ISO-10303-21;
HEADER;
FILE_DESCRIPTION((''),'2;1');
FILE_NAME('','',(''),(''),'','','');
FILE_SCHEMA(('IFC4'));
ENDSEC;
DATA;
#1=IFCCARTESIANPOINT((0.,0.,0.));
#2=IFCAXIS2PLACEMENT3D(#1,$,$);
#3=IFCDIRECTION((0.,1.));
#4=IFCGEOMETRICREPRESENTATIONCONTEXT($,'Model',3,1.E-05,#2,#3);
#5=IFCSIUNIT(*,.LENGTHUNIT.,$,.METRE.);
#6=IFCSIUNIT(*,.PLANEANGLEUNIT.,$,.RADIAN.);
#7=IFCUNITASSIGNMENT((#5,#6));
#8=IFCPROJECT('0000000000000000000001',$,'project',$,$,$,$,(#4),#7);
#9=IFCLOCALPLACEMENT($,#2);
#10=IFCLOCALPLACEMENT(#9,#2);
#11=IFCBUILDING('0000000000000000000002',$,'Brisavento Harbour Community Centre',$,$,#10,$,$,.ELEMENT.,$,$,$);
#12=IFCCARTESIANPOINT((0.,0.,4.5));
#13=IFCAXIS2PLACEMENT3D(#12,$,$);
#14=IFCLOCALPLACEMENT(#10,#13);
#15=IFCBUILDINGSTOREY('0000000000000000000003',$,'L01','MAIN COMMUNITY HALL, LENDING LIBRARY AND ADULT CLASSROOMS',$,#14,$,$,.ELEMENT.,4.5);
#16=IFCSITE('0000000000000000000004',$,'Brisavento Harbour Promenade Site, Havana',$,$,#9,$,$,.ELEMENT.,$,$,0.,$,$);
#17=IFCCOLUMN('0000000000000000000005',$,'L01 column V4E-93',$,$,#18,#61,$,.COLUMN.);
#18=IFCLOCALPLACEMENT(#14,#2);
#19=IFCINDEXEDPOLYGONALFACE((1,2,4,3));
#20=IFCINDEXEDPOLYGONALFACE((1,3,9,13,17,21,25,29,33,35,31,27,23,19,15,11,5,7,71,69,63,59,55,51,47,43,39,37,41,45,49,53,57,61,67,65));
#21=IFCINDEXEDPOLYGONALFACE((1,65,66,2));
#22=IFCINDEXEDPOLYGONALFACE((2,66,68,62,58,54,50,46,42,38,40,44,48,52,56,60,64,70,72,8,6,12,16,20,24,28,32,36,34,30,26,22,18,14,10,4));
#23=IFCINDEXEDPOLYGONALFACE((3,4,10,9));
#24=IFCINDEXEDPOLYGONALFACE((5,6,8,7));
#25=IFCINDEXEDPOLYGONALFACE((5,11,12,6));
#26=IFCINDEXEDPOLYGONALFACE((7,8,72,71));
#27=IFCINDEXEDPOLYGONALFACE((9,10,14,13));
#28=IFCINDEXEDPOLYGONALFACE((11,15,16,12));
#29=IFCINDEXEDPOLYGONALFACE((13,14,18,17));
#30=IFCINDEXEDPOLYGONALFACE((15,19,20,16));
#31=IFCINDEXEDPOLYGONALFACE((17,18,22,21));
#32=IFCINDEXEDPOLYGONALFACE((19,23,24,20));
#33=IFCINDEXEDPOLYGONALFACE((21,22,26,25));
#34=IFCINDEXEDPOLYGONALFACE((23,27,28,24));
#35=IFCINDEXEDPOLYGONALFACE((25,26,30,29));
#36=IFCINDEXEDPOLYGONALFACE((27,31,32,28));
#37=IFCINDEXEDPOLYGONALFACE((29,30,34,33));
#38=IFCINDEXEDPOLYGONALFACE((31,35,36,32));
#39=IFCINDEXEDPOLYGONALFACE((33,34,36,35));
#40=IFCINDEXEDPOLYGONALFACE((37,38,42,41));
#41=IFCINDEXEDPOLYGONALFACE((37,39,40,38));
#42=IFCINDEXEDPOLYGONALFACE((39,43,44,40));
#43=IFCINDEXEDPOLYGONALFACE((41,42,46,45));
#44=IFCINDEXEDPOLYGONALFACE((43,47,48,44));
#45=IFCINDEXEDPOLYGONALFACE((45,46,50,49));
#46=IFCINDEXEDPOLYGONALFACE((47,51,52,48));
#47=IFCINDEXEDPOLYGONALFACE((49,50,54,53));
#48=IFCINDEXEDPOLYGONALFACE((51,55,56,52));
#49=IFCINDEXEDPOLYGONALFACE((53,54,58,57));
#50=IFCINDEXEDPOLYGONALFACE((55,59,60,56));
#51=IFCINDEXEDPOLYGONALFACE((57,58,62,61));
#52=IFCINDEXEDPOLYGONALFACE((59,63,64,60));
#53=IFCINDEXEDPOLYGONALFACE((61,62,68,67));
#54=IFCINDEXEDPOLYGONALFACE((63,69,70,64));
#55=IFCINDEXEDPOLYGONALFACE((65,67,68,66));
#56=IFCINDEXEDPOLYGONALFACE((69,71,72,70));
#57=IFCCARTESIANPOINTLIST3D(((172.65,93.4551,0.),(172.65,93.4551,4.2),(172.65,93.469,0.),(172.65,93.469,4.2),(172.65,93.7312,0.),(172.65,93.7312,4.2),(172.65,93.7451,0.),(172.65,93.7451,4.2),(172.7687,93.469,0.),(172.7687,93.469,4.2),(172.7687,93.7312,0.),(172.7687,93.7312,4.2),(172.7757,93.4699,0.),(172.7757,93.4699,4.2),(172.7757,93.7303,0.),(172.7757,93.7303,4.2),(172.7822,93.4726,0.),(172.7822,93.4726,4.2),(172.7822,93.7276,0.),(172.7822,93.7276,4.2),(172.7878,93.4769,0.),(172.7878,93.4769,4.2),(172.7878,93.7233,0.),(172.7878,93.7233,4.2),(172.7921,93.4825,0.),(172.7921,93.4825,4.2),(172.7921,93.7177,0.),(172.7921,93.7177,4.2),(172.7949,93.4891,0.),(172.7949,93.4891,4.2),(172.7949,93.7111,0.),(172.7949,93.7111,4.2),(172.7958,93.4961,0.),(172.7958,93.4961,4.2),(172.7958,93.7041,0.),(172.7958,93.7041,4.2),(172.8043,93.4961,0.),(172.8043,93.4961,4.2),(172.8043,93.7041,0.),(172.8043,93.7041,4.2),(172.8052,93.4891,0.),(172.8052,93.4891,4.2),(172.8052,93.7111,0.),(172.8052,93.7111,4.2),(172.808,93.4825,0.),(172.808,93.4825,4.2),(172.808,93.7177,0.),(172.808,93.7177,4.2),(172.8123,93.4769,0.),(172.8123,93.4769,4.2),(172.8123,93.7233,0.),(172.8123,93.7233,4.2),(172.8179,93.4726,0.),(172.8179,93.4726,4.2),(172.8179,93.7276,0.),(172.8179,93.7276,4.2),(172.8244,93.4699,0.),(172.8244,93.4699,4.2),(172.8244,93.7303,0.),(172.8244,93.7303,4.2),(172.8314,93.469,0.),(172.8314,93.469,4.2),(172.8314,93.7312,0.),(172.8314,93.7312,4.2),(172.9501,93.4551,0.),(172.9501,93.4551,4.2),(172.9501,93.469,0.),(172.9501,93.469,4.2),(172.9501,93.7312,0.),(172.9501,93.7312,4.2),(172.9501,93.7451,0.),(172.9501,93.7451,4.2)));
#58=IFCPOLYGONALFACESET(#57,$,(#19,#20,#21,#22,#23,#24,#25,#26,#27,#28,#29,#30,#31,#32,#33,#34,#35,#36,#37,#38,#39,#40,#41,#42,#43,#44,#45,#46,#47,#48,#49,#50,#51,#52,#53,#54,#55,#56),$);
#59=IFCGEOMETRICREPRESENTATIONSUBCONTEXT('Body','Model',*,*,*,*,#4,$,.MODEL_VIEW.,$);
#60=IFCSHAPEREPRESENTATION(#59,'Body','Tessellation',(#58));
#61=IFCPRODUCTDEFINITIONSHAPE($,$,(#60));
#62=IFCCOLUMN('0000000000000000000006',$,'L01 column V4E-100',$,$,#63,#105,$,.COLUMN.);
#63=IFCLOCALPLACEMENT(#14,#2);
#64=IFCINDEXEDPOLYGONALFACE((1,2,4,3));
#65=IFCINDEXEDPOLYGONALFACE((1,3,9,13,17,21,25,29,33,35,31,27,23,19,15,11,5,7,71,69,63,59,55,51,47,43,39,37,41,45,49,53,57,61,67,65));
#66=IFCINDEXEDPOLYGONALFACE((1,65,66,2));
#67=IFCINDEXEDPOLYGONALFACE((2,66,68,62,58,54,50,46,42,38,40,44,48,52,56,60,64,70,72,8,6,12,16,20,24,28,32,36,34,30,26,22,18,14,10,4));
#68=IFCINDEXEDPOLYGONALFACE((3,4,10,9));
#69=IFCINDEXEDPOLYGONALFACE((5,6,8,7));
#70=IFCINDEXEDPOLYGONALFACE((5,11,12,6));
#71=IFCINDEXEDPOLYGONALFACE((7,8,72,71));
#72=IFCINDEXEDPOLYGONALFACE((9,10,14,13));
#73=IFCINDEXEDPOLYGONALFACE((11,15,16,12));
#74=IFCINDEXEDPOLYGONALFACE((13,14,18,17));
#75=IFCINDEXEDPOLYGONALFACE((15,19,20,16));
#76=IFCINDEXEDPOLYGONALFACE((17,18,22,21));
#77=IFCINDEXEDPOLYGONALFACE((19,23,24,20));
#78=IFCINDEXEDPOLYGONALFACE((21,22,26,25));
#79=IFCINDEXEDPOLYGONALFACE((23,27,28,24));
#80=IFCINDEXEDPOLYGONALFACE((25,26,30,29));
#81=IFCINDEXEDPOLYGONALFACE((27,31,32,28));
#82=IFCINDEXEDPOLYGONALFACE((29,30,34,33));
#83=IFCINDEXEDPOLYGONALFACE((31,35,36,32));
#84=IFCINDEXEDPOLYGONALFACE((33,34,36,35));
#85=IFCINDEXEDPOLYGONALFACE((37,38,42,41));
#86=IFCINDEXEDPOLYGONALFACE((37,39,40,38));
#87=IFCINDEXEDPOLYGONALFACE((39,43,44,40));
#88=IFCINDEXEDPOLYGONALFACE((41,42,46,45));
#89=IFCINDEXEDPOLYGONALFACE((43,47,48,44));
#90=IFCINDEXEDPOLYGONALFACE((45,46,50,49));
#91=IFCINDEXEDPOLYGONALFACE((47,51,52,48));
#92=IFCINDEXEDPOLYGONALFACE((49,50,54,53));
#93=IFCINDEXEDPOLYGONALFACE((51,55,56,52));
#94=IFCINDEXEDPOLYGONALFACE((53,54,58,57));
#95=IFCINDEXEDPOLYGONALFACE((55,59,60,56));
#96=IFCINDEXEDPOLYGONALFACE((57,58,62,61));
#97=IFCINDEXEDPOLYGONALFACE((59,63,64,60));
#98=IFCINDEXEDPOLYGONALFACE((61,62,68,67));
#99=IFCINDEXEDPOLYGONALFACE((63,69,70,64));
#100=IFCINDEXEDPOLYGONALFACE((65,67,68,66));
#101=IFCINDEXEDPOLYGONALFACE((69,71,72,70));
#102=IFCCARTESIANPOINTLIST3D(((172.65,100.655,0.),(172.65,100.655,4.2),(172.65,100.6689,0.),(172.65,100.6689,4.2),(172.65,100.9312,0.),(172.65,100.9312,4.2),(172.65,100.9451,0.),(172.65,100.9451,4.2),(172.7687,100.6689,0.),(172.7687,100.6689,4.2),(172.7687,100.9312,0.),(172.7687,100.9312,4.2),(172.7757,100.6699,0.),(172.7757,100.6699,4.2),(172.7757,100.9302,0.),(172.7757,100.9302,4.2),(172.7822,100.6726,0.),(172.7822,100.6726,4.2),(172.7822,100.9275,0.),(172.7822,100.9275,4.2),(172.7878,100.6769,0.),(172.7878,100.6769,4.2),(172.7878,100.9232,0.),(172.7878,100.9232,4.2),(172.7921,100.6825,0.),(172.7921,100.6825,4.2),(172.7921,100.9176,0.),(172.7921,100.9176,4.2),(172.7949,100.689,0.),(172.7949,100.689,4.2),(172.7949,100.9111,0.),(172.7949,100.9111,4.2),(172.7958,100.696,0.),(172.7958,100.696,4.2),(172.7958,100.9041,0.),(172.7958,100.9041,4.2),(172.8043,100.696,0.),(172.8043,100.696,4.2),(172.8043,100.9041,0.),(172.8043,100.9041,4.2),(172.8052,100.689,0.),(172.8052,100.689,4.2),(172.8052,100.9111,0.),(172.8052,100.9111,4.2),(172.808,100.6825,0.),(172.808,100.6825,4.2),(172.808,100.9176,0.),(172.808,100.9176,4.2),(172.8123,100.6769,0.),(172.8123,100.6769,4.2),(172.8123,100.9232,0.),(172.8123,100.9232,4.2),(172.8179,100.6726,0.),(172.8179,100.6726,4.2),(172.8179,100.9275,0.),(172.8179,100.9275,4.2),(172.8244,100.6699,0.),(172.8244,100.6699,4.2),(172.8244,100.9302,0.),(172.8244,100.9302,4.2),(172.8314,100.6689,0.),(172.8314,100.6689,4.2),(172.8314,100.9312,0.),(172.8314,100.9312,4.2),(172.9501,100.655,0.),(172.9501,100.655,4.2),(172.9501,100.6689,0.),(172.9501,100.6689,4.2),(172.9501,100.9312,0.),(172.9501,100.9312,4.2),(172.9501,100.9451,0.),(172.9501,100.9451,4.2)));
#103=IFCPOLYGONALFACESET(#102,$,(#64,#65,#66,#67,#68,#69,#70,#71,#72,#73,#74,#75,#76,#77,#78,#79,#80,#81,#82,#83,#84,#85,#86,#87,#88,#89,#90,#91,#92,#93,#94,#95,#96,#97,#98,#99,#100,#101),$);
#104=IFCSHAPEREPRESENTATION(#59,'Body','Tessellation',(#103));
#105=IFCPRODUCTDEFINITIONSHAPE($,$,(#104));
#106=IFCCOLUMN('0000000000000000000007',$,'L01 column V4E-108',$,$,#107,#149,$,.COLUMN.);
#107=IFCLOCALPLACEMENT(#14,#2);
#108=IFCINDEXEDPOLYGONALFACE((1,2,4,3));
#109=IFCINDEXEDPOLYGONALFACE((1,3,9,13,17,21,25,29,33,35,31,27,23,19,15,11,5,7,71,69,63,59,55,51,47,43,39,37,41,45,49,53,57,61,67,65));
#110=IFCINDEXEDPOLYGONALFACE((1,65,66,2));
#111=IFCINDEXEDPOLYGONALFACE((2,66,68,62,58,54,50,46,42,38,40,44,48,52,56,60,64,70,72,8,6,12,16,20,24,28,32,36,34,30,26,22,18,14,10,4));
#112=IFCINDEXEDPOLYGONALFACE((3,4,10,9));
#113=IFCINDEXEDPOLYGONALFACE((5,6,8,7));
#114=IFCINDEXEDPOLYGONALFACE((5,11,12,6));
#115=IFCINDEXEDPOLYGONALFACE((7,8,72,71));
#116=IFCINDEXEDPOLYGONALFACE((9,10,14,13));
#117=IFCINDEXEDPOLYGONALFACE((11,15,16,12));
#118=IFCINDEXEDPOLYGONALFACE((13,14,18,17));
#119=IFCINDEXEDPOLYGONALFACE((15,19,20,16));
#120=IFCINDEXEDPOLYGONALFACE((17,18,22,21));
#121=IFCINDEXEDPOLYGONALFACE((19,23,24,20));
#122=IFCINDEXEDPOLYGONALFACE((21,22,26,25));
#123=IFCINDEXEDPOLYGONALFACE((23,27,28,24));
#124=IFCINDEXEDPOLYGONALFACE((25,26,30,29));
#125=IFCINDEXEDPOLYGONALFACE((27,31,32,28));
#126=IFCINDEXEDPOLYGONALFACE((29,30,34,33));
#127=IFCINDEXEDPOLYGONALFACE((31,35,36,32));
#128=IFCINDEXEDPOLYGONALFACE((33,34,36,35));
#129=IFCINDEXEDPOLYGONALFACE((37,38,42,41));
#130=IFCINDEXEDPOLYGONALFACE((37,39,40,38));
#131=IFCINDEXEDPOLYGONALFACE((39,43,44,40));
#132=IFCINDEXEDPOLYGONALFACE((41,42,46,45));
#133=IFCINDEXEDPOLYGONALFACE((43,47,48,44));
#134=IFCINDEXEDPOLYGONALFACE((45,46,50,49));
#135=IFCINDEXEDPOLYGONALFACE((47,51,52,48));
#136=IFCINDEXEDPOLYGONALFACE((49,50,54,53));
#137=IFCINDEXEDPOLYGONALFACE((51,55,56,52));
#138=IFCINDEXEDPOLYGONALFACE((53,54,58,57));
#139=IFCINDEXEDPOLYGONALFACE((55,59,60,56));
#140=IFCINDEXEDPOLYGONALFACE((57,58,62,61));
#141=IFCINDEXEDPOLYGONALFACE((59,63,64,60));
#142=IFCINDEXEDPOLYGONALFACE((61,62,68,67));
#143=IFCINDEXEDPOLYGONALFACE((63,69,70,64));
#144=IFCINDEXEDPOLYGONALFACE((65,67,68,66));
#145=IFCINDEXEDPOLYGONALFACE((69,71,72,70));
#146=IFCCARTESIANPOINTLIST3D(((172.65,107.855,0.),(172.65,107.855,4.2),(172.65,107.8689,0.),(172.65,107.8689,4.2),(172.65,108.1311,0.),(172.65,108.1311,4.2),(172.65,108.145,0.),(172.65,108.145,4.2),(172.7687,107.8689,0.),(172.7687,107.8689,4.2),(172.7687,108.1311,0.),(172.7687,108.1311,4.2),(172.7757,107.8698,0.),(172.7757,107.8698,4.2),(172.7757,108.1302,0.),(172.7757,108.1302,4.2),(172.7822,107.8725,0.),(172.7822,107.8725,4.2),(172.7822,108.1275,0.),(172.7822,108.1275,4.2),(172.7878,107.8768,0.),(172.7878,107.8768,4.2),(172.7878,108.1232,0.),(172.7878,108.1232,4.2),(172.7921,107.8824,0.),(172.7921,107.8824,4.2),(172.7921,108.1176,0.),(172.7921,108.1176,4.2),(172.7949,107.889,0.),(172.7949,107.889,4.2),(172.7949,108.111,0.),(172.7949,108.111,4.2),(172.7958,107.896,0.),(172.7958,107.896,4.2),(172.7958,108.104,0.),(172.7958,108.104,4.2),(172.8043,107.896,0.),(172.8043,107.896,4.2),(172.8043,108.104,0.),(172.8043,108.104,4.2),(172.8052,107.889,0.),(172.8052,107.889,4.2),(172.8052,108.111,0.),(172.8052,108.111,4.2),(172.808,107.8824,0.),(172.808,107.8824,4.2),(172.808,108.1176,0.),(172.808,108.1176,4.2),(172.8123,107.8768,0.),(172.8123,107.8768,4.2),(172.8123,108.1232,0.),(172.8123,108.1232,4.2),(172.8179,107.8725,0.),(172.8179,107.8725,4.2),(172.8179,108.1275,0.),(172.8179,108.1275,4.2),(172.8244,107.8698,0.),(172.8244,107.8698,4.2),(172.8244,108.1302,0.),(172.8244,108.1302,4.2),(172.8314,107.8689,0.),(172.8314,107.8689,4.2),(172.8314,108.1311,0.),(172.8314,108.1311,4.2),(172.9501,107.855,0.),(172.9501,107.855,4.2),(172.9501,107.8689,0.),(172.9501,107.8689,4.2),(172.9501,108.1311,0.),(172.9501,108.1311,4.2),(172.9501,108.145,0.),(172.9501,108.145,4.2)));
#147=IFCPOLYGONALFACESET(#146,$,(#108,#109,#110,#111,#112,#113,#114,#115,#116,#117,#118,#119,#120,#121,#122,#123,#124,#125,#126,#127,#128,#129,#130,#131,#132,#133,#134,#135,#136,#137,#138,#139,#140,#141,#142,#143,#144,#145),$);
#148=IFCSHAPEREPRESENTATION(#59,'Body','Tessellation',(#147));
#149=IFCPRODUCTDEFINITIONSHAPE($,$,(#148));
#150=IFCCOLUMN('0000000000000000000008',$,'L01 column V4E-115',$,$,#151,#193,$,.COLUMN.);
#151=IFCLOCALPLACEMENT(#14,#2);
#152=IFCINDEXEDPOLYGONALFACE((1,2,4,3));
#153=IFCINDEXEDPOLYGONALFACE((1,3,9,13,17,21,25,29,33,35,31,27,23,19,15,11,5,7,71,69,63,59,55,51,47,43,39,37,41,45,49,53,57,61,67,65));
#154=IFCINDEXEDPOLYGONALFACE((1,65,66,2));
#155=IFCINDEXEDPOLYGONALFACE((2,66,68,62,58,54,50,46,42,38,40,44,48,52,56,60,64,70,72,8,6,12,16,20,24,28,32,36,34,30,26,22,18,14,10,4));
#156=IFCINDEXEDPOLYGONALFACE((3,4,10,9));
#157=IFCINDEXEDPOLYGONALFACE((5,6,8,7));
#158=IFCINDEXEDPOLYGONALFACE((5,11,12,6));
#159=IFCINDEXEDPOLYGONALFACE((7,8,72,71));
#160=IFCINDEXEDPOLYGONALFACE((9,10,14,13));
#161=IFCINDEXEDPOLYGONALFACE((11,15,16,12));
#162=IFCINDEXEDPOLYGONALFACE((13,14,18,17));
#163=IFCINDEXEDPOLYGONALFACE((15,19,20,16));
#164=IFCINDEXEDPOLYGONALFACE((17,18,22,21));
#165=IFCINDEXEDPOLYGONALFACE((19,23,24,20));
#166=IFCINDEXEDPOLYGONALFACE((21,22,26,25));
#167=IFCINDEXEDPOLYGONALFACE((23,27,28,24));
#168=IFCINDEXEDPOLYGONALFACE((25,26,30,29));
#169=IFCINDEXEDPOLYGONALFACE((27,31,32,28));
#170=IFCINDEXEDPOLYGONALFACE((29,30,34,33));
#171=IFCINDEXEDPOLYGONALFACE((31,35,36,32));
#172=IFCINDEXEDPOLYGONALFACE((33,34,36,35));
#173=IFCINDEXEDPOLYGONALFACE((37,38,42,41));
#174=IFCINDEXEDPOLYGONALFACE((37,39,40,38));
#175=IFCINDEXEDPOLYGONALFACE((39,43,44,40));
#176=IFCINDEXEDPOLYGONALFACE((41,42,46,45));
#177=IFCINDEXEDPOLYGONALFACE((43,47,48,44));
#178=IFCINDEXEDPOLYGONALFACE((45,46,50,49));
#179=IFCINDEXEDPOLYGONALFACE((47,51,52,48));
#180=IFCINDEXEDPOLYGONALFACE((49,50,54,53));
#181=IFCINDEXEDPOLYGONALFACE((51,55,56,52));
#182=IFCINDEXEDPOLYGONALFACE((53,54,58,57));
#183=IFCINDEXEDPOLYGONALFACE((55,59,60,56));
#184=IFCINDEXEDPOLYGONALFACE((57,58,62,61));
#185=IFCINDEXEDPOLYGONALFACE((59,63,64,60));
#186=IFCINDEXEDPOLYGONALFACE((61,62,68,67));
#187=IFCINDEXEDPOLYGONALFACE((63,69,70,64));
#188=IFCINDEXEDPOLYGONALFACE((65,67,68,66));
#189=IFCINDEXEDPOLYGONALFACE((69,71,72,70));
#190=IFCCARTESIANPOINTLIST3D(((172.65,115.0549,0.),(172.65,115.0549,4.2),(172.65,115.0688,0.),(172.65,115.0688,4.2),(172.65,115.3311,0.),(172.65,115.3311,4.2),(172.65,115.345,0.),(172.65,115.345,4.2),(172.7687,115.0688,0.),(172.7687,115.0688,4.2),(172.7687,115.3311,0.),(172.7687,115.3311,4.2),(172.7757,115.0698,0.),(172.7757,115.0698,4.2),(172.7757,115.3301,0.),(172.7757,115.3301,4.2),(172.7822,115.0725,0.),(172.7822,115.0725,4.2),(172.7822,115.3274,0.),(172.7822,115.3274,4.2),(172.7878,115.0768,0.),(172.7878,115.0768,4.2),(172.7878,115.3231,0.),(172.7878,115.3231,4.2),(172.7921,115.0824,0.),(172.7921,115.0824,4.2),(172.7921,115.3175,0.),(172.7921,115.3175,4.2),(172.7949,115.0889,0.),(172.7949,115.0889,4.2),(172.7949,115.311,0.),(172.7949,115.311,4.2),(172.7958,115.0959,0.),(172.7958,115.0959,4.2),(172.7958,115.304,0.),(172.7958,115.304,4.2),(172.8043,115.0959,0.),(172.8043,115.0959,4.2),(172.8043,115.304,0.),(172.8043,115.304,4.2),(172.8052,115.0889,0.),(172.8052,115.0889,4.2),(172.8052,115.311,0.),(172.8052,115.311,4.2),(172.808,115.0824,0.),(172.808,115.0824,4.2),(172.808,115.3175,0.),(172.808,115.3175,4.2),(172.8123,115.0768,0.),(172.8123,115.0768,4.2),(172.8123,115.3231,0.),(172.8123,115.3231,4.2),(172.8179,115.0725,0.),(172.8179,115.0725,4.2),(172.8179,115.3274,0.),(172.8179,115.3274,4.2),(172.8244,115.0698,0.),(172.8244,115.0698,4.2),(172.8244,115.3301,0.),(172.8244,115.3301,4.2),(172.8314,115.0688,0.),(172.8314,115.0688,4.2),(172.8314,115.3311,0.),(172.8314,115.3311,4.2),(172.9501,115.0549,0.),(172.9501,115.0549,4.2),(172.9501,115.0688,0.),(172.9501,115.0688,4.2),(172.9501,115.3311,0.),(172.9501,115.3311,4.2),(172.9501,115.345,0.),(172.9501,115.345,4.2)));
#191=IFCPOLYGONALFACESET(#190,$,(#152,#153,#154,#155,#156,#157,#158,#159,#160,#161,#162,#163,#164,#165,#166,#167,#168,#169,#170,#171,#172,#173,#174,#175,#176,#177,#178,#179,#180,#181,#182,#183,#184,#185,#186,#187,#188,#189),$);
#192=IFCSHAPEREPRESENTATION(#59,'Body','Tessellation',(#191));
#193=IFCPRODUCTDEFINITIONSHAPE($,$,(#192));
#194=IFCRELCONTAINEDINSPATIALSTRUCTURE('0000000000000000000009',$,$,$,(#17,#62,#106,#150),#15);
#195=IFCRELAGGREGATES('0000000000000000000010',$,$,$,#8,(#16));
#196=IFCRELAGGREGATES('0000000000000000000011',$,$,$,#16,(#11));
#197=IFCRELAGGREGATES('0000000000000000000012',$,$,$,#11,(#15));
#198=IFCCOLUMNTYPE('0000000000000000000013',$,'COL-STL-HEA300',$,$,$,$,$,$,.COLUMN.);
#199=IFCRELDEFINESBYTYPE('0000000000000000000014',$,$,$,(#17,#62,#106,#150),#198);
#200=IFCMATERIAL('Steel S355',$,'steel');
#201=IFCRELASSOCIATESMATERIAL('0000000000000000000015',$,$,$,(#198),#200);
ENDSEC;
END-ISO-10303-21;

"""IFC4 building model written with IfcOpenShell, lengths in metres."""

from ifc_helpers import new_model, si_unit, direction, frame, origin, origin_2d, place, context, subcontext, project, spatial, i_section, extrude, material, material_profile, profile_set, type_object, element, save


model = new_model("IFC4")

# Units and contexts
model_context = context("Model", 3, precision=1e-05, world=origin(), true_north=direction((0.0, 1.0)))
body_context = subcontext(model_context, "Body", "Model", "MODEL_VIEW")
ifc_project = project(units=[si_unit("LENGTHUNIT", "METRE"), si_unit("PLANEANGLEUNIT", "RADIAN")], contexts=[model_context])

# Site, building, storey
site_placement = place(None, origin())
site = spatial("IfcSite", under=ifc_project, at=site_placement, Name="Brisavento Harbour Promenade Site, Havana", CompositionType="ELEMENT", RefElevation=0.0)
building_placement = place(site_placement, origin())
building = spatial("IfcBuilding", under=site, at=building_placement, Name="Brisavento Harbour Community Centre", CompositionType="ELEMENT")
storey_placement = place(building_placement, frame((0.0, 0.0, 4.5)))
storey = spatial("IfcBuildingStorey", under=building, at=storey_placement, Name="L01", Description="MAIN COMMUNITY HALL, LENDING LIBRARY AND ADULT CLASSROOMS", CompositionType="ELEMENT", Elevation=4.5)

# Columns
ifc_material_1 = material(Name="Steel S355", Category="steel")
ifc_material_profile_1 = material_profile(ifc_material_1, i_section(OverallWidth=0.3, OverallDepth=0.29, WebThickness=0.0085, FlangeThickness=0.0139, FilletRadius=0.0271, at=origin_2d()), Name="Steel S355")
ifc_profile_set_1 = profile_set([ifc_material_profile_1], Name="Steel S355")
column_type_1 = type_object("IfcColumnType", Name="COL-STL-HEA300", PredefinedType="COLUMN", material=ifc_profile_set_1)
for number, where, z_axis, x_axis, name in (
    (1, (172.8, 93.6001, 0.0), (0.0, 0.0, 1.0), (1.0, 0.0, 0.0), "L01 column V4E-93"),
    (2, (172.8, 100.8, 0.0), (0.0, 0.0, 1.0), (1.0, 0.0, 0.0), "L01 column V4E-100"),
    (3, (172.8, 108.0, 0.0), (0.0, 0.0, 1.0), (1.0, 0.0, 0.0), "L01 column V4E-108"),
    (4, (172.8, 115.2, 0.0), (0.0, 0.0, 1.0), (1.0, 0.0, 0.0), "L01 column V4E-115"),
):
    element("IfcColumn", number, at=place(storey_placement, frame(where, z_axis=z_axis, x_axis=x_axis)), inside=storey, type_object=column_type_1, Name=name, PredefinedType="COLUMN", context=body_context, shape_type="SweptSolid", body=[
        extrude(i_section(OverallWidth=0.3, OverallDepth=0.29, WebThickness=0.0085, FlangeThickness=0.0139, FilletRadius=0.0271, at=origin_2d()), origin(), (0.0, 0.0, 1.0), 4.2),
    ])

save(model, "model.ifc")
